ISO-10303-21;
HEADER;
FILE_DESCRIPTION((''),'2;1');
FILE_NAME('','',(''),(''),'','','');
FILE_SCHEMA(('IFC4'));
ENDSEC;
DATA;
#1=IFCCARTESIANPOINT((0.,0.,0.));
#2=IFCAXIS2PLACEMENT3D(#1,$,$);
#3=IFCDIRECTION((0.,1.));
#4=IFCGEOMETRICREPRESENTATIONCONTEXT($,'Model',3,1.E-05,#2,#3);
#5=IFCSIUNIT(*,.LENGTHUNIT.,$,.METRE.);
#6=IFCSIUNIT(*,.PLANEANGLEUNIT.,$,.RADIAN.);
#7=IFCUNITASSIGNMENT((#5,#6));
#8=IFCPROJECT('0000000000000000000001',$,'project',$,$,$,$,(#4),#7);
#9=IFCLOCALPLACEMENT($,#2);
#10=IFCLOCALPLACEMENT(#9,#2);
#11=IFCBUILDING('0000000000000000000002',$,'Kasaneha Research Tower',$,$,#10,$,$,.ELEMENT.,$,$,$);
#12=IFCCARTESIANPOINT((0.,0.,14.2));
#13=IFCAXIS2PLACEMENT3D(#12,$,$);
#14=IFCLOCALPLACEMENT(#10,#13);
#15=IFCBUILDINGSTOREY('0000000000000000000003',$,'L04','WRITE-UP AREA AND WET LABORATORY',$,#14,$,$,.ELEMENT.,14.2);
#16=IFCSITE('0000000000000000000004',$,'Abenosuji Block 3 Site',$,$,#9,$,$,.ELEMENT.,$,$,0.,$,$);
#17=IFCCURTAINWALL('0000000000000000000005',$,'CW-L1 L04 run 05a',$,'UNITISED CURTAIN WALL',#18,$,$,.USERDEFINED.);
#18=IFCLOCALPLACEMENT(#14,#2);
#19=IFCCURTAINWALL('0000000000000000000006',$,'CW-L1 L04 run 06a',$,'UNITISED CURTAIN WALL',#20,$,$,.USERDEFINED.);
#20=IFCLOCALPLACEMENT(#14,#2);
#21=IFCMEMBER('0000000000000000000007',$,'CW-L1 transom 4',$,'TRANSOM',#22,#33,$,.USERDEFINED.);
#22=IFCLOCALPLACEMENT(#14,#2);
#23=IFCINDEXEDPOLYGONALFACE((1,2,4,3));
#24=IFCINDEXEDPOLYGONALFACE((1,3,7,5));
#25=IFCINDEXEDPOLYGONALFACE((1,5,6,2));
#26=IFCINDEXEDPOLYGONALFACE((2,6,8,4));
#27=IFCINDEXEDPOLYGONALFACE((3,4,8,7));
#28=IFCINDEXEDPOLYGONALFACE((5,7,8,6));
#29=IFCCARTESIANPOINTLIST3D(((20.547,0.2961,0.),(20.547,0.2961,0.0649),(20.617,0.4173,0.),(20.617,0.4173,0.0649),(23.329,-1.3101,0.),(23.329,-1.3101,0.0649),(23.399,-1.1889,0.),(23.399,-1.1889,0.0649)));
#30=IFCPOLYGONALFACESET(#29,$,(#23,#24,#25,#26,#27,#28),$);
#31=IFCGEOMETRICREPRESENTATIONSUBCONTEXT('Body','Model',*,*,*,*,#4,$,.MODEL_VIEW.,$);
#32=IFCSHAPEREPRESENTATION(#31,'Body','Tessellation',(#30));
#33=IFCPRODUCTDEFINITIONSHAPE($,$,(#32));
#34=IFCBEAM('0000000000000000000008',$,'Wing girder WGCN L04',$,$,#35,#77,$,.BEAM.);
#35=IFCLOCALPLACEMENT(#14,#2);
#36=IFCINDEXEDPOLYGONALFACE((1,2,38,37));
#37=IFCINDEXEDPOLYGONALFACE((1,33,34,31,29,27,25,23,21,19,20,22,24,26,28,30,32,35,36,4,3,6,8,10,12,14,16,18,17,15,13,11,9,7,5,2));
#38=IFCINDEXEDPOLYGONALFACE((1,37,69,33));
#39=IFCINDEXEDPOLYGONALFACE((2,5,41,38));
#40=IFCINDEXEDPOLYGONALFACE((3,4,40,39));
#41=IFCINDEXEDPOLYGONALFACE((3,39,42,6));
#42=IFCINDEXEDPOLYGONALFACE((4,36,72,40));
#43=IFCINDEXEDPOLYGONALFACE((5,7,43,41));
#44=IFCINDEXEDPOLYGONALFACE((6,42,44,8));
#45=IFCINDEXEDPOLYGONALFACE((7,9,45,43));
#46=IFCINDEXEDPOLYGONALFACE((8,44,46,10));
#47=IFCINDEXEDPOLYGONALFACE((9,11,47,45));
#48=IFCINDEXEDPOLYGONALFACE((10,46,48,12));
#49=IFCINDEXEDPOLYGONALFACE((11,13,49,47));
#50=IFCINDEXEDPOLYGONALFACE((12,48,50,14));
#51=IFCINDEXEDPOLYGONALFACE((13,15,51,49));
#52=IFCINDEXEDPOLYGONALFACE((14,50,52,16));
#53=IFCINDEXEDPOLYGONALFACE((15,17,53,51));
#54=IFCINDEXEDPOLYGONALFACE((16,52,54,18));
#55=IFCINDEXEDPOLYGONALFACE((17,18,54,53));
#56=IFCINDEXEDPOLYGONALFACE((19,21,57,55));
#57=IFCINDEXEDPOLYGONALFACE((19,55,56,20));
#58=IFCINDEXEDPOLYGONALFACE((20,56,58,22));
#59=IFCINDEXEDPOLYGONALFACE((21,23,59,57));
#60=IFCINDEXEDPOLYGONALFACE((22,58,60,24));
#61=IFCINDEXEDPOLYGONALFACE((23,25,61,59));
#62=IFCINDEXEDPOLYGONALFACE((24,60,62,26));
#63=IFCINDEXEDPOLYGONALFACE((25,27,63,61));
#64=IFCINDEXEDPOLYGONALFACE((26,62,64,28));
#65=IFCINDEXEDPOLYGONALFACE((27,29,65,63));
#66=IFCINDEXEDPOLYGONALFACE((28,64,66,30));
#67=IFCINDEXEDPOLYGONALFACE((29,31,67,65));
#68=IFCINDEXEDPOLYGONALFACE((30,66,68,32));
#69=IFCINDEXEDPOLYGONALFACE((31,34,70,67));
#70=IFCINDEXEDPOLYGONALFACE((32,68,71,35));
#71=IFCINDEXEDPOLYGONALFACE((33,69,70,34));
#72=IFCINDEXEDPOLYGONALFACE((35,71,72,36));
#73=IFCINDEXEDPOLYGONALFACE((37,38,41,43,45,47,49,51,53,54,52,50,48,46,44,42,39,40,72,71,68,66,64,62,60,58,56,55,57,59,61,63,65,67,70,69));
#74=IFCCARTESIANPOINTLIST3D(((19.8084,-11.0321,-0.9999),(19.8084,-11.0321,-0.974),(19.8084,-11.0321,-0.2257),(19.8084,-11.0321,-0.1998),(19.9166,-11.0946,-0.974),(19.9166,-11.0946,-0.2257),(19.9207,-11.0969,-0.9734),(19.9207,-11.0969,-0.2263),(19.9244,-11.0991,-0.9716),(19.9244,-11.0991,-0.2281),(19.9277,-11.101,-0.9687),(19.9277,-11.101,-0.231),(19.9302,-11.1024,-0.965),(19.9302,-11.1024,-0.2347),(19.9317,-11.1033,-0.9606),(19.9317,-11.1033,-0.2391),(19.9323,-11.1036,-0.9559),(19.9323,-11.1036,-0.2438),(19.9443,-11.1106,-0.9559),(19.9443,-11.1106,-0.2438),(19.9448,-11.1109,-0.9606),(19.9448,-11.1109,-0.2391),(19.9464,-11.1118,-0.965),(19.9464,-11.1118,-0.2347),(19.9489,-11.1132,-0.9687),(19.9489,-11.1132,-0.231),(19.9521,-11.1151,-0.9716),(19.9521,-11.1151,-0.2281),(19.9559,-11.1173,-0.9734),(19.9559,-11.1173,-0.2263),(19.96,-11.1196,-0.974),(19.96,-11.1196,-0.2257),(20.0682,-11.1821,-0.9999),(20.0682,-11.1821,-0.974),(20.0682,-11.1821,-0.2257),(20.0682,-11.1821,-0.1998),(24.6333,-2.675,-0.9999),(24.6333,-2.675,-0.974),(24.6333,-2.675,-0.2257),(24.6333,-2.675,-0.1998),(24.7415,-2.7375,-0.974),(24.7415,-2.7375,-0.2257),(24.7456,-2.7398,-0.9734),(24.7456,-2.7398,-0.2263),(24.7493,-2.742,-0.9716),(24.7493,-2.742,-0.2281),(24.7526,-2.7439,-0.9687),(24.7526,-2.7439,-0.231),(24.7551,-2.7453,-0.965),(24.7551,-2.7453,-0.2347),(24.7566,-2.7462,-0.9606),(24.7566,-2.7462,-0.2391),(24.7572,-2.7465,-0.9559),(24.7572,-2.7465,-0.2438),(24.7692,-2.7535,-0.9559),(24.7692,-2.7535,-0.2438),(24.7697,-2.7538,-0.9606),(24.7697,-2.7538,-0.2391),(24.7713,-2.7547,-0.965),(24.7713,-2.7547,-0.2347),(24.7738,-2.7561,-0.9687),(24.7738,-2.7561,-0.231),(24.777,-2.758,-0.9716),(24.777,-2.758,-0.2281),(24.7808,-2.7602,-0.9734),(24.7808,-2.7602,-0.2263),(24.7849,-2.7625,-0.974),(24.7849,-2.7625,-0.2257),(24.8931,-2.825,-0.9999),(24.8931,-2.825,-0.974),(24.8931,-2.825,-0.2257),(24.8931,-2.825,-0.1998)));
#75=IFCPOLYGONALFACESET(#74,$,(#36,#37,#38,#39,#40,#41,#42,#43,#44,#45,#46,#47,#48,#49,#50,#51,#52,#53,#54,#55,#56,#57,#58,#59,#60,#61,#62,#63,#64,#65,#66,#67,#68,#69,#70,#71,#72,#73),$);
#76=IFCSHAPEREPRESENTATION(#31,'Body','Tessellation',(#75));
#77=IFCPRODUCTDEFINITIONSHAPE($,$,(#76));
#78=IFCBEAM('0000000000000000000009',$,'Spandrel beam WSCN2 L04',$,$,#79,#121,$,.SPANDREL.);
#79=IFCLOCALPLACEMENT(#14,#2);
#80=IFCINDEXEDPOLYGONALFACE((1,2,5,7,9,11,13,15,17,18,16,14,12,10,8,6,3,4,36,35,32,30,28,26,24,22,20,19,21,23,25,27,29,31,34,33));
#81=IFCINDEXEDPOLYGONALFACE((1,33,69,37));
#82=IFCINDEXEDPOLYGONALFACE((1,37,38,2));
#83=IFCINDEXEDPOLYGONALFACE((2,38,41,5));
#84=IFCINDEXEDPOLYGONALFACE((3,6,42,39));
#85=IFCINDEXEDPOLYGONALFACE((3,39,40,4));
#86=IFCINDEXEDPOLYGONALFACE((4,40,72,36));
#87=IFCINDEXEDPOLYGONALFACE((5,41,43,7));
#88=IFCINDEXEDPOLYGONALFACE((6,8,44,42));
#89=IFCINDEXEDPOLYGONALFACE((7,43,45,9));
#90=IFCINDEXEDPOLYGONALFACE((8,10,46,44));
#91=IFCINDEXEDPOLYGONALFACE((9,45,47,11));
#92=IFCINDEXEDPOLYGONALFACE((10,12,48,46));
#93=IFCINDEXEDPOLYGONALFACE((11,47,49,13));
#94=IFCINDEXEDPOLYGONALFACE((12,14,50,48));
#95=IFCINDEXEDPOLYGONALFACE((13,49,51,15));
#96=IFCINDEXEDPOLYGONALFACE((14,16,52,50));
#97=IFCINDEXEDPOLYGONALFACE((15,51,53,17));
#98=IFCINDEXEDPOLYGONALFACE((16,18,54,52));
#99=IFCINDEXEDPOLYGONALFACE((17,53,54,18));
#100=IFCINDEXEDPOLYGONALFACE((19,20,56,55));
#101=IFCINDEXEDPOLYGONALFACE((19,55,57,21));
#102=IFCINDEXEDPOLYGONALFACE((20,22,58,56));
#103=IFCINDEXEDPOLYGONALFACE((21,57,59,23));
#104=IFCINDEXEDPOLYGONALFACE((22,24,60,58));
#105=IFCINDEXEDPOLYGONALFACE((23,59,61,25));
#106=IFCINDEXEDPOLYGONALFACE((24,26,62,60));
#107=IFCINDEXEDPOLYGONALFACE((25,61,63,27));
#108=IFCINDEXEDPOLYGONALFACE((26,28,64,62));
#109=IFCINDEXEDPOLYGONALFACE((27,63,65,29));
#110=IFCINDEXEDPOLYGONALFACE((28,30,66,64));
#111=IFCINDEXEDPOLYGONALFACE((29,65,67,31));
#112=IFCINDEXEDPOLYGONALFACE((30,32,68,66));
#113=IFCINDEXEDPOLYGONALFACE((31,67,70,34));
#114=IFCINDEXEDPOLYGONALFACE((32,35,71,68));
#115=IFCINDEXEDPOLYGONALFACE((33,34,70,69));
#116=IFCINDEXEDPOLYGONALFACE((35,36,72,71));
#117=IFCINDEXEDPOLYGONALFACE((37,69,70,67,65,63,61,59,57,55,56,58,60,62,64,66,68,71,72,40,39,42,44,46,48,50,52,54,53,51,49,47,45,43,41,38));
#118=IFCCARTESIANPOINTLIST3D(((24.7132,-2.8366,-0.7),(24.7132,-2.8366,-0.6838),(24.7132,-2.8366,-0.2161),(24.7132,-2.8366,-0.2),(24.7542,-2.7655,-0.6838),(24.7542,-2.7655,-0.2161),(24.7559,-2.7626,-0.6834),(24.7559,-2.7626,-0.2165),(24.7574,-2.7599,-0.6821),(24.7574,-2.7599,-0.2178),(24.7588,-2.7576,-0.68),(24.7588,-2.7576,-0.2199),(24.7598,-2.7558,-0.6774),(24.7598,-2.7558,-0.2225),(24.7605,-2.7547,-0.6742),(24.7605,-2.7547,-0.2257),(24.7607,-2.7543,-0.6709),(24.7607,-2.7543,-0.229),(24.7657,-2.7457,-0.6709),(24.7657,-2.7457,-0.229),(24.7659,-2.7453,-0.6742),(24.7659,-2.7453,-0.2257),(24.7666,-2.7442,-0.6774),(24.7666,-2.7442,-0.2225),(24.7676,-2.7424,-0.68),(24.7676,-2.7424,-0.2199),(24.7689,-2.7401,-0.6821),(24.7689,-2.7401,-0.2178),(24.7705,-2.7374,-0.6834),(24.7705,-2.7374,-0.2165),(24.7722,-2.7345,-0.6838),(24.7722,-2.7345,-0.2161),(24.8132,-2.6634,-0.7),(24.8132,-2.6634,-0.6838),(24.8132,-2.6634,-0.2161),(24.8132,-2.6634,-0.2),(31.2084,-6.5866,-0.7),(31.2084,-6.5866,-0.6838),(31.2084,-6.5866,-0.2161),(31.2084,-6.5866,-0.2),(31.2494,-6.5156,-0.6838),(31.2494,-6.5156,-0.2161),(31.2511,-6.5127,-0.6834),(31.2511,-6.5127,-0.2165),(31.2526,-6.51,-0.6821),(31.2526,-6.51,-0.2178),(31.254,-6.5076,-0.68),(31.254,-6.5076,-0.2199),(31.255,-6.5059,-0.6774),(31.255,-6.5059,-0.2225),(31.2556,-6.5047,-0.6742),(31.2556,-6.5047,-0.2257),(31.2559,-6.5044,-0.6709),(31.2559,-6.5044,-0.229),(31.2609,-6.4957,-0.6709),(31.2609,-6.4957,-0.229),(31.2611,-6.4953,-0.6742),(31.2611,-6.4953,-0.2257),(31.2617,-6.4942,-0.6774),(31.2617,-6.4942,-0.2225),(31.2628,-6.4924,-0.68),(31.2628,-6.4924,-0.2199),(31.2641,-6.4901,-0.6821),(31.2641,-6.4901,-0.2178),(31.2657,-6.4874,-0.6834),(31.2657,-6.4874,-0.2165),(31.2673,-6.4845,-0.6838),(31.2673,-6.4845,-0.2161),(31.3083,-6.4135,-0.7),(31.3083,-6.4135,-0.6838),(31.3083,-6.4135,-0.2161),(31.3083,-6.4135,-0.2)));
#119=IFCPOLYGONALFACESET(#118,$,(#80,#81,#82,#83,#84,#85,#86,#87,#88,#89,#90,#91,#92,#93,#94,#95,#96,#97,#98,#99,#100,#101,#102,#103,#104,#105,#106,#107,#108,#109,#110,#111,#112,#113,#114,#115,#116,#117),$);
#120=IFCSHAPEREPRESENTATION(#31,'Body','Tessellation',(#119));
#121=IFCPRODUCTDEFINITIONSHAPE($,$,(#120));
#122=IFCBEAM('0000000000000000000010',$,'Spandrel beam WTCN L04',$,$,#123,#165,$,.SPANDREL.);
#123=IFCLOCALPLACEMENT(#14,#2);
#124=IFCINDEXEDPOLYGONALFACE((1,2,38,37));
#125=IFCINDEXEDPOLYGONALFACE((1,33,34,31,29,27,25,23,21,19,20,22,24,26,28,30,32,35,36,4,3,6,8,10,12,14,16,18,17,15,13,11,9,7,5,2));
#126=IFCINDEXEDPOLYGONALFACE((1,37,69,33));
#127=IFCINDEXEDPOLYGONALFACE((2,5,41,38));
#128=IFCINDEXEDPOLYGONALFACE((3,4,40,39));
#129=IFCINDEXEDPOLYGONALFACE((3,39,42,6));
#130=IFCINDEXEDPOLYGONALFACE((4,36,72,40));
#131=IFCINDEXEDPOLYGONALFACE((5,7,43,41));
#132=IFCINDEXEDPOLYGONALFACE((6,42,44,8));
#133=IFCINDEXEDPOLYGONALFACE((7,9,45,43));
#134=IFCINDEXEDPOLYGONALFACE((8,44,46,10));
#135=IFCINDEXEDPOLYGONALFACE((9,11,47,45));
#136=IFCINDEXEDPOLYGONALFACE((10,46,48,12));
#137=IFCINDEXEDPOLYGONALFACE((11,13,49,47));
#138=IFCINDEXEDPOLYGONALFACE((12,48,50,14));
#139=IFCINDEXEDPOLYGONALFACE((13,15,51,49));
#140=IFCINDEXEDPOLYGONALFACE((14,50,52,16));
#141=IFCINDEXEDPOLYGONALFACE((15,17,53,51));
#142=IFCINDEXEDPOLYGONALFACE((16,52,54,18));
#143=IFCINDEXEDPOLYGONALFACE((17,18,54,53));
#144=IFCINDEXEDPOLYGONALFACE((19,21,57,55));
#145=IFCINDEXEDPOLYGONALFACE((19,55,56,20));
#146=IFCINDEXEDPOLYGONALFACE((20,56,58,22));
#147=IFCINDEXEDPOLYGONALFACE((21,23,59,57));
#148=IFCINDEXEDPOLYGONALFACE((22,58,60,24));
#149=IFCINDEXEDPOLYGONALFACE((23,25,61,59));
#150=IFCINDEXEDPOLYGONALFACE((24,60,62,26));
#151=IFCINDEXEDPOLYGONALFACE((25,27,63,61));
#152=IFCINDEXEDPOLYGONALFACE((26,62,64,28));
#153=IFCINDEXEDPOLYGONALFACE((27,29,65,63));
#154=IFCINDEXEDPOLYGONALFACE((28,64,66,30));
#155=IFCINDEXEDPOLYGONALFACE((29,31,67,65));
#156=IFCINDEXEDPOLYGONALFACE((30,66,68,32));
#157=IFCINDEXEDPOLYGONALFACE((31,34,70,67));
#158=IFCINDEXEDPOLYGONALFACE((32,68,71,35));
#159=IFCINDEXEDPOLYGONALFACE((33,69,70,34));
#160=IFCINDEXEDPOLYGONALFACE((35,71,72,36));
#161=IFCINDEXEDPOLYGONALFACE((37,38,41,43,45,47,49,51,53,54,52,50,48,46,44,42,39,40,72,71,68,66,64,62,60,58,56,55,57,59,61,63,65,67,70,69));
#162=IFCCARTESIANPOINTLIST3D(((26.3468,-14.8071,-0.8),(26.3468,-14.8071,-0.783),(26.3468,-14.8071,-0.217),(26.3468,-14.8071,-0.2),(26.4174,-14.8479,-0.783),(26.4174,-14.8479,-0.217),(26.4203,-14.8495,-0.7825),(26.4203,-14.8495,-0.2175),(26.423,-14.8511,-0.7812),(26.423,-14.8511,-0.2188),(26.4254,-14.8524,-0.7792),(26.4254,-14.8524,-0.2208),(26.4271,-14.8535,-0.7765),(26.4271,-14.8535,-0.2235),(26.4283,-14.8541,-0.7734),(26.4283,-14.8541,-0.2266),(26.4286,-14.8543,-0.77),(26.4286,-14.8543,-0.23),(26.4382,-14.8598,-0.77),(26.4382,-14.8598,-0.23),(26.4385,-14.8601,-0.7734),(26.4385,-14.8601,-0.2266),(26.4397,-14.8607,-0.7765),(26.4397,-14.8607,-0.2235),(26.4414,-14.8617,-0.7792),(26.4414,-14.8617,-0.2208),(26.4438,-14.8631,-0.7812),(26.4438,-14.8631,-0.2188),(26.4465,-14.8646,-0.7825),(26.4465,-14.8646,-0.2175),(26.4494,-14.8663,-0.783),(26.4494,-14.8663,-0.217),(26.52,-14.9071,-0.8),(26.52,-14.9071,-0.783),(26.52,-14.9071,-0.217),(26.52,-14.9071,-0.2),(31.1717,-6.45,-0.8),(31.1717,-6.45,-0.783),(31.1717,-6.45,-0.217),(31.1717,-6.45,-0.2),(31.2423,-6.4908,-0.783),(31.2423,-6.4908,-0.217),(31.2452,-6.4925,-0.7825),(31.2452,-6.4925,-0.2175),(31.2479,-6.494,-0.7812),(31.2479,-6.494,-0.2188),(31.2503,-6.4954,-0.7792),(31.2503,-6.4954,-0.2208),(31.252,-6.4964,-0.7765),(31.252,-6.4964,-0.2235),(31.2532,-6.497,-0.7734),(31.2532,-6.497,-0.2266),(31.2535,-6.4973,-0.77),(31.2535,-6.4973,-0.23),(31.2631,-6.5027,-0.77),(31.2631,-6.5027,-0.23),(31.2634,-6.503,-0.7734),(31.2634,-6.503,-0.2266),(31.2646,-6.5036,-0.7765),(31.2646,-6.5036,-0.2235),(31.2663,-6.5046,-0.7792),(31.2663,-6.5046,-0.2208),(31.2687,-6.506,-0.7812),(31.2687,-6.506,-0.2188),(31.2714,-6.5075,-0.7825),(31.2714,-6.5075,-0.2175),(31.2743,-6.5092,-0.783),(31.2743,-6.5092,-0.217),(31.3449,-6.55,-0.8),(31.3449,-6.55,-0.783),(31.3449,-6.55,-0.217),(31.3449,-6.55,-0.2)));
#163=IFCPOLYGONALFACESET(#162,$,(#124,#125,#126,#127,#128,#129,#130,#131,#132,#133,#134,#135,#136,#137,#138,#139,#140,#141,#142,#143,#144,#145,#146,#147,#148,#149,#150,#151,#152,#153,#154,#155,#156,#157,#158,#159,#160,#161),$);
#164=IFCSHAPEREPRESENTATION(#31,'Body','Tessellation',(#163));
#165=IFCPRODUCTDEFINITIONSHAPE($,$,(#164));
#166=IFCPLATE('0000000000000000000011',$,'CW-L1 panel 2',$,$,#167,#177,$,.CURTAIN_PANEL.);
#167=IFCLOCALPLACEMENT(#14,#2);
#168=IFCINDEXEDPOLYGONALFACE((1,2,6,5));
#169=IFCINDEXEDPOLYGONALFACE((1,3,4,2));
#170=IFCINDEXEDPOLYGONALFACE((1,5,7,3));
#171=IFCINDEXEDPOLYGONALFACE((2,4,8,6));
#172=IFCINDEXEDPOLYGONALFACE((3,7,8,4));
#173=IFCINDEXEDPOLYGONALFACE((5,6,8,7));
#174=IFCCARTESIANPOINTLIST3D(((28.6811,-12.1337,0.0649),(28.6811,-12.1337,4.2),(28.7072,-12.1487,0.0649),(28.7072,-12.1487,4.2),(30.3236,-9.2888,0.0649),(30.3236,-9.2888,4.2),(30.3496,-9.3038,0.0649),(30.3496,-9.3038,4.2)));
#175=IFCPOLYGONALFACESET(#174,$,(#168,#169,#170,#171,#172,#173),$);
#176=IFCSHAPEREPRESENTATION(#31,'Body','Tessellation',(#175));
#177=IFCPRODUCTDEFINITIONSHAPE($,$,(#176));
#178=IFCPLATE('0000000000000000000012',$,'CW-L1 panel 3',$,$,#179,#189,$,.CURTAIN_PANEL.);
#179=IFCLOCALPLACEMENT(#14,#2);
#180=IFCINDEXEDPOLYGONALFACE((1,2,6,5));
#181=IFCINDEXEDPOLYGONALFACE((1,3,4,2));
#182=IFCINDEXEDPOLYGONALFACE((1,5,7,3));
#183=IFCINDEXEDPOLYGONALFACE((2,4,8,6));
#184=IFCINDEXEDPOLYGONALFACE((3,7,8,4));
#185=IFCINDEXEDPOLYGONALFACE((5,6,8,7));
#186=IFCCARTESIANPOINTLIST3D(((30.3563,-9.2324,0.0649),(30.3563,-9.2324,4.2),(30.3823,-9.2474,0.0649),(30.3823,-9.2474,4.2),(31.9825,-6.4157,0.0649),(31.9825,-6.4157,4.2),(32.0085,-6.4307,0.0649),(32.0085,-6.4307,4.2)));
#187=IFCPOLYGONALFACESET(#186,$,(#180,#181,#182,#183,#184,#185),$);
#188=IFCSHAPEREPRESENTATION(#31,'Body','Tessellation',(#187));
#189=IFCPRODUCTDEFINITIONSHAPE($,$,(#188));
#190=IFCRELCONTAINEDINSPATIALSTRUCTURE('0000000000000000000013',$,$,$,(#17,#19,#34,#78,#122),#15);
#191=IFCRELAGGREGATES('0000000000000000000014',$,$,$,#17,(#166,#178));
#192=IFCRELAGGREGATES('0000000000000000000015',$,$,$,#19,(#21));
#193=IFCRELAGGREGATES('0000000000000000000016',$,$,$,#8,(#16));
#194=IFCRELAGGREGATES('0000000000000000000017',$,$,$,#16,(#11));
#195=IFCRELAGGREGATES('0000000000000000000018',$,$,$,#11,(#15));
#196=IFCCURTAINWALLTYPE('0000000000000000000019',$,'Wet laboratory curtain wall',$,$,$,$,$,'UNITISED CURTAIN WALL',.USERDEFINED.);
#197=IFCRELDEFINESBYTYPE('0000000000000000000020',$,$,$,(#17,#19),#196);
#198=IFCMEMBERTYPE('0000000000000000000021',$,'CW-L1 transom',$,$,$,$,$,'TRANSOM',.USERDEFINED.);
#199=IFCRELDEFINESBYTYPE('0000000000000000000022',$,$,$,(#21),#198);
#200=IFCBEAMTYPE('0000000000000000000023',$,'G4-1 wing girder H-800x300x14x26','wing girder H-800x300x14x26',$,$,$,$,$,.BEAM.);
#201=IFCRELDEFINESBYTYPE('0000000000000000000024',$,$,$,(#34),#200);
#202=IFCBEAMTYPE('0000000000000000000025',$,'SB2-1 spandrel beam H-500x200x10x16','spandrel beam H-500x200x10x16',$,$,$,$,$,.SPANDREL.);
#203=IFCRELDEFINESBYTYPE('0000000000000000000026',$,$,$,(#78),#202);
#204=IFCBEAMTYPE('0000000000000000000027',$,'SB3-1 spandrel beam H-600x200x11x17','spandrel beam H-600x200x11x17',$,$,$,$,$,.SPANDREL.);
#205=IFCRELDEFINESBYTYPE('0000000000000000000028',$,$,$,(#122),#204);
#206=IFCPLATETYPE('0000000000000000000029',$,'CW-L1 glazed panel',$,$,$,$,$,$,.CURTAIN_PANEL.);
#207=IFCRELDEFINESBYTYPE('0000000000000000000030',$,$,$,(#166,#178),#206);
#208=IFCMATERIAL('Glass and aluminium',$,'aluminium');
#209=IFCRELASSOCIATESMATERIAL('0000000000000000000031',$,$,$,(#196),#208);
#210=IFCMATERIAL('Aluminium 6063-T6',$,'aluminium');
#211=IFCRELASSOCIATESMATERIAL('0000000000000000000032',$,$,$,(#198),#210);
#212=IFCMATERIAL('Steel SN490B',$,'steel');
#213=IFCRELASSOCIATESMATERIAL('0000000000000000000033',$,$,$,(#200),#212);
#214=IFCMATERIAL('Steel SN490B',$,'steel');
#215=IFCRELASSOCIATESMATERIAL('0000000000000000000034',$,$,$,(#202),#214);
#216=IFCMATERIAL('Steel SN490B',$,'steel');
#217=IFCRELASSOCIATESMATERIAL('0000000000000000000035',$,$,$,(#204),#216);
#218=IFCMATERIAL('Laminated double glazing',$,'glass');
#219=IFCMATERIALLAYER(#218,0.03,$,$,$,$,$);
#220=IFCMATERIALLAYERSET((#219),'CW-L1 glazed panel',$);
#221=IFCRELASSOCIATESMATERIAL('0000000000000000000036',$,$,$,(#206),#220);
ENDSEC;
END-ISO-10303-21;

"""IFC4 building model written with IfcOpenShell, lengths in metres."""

from ifc_helpers import new_model, si_unit, direction, frame, origin, origin_2d, place, context, subcontext, project, spatial, rectangle, i_section, extrude, material, layer, layer_set, material_profile, profile_set, type_object, element, aggregate, save


model = new_model("IFC4")

# Units and contexts
model_context = context("Model", 3, precision=1e-05, world=origin(), true_north=direction((0.0, 1.0)))
body_context = subcontext(model_context, "Body", "Model", "MODEL_VIEW")
ifc_project = project(units=[si_unit("LENGTHUNIT", "METRE"), si_unit("PLANEANGLEUNIT", "RADIAN")], contexts=[model_context])

# Site, building, storey
site_placement = place(None, origin())
site = spatial("IfcSite", under=ifc_project, at=site_placement, Name="Abenosuji Block 3 Site", CompositionType="ELEMENT", RefElevation=0.0)
building_placement = place(site_placement, origin())
building = spatial("IfcBuilding", under=site, at=building_placement, Name="Kasaneha Research Tower", CompositionType="ELEMENT")
storey_placement = place(building_placement, frame((0.0, 0.0, 14.2)))
storey = spatial("IfcBuildingStorey", under=building, at=storey_placement, Name="L04", Description="WRITE-UP AREA AND WET LABORATORY", CompositionType="ELEMENT", Elevation=14.2)

# Curtain walls
ifc_material_1 = material(Name="Glass and aluminium", Category="aluminium")
curtain_wall_type = type_object("IfcCurtainWallType", Name="Wet laboratory curtain wall", ElementType="UNITISED CURTAIN WALL", PredefinedType="USERDEFINED", material=ifc_material_1)
curtain_wall_1_placement = place(storey_placement, origin())
curtain_wall_1 = element("IfcCurtainWall", 1, at=curtain_wall_1_placement, inside=storey, type_object=curtain_wall_type, Name="CW-L1 L04 run 05a", ObjectType="UNITISED CURTAIN WALL", PredefinedType="USERDEFINED")
curtain_wall_2_placement = place(storey_placement, origin())
curtain_wall_2 = element("IfcCurtainWall", 2, at=curtain_wall_2_placement, inside=storey, type_object=curtain_wall_type, Name="CW-L1 L04 run 06a", ObjectType="UNITISED CURTAIN WALL", PredefinedType="USERDEFINED")

# Member
ifc_material_2 = material(Name="Aluminium 6063-T6", Category="aluminium")
ifc_material_profile_1 = material_profile(ifc_material_2, rectangle(XDim=0.1399, YDim=0.0649, at=origin_2d()), Name="CW-L1 transom 140x65")
ifc_profile_set_1 = profile_set([ifc_material_profile_1], Name="Aluminium 6063-T6")
member_type_1 = type_object("IfcMemberType", Name="CW-L1 transom", ElementType="TRANSOM", PredefinedType="USERDEFINED", material=ifc_profile_set_1)
member_1_placement = place(storey_placement, frame((23.364, -1.2495, 0.0325), z_axis=(-0.866022, 0.500005, 0.0), x_axis=(-0.500005, -0.866022, 0.0)))
member_1 = element("IfcMember", 3, at=member_1_placement, type_object=member_type_1, Name="CW-L1 transom 4", ObjectType="TRANSOM", PredefinedType="USERDEFINED", context=body_context, shape_type="SweptSolid", body=[
    extrude(rectangle(XDim=0.1399, YDim=0.0649, at=origin_2d()), origin(), (0.0, 0.0, 1.0), 3.2124),
])

# Beams
ifc_material_3 = material(Name="Steel SN490B", Category="steel")
ifc_material_profile_2 = material_profile(ifc_material_3, i_section(OverallWidth=0.3, OverallDepth=0.8, WebThickness=0.0139, FlangeThickness=0.0259, FilletRadius=0.0181, at=origin_2d()), Name="H-800x300x14x26")
ifc_profile_set_2 = profile_set([ifc_material_profile_2], Name="Steel SN490B")
beam_type_1 = type_object("IfcBeamType", Name="G4-1 wing girder H-800x300x14x26", Description="wing girder H-800x300x14x26", PredefinedType="BEAM", material=ifc_profile_set_2)
beam_1_placement = place(storey_placement, frame((24.7632, -2.75, -0.5999), z_axis=(-0.499995, -0.866028, 0.0), x_axis=(0.866028, -0.499995, 0.0)))
element("IfcBeam", 4, at=beam_1_placement, inside=storey, type_object=beam_type_1, Name="Wing girder WGCN L04", PredefinedType="BEAM", context=body_context, shape_type="SweptSolid", body=[
    extrude(i_section(OverallWidth=0.3, OverallDepth=0.8, WebThickness=0.0139, FlangeThickness=0.0259, FilletRadius=0.0181, at=origin_2d()), origin(), (0.0, 0.0, 1.0), 9.6499),
])
ifc_material_4 = material(Name="Steel SN490B", Category="steel")
ifc_material_profile_3 = material_profile(ifc_material_4, i_section(OverallWidth=0.2, OverallDepth=0.5, WebThickness=0.01, FlangeThickness=0.0161, FilletRadius=0.0129, at=origin_2d()), Name="H-500x200x10x16")
ifc_profile_set_3 = profile_set([ifc_material_profile_3], Name="Steel SN490B")
beam_type_2 = type_object("IfcBeamType", Name="SB2-1 spandrel beam H-500x200x10x16", Description="spandrel beam H-500x200x10x16", PredefinedType="SPANDREL", material=ifc_profile_set_3)
beam_2_placement = place(storey_placement, frame((24.7632, -2.75, -0.45), z_axis=(0.866023, -0.500004, 0.0), x_axis=(0.500004, 0.866023, 0.0)))
element("IfcBeam", 5, at=beam_2_placement, inside=storey, type_object=beam_type_2, Name="Spandrel beam WSCN2 L04", PredefinedType="SPANDREL", context=body_context, shape_type="SweptSolid", body=[
    extrude(i_section(OverallWidth=0.2, OverallDepth=0.5, WebThickness=0.01, FlangeThickness=0.0161, FilletRadius=0.0129, at=origin_2d()), origin(), (0.0, 0.0, 1.0), 7.5),
])
ifc_material_5 = material(Name="Steel SN490B", Category="steel")
ifc_material_profile_4 = material_profile(ifc_material_5, i_section(OverallWidth=0.2, OverallDepth=0.6001, WebThickness=0.011, FlangeThickness=0.0171, FilletRadius=0.0129, at=origin_2d()), Name="H-600x200x11x17")
ifc_profile_set_4 = profile_set([ifc_material_profile_4], Name="Steel SN490B")
beam_type_3 = type_object("IfcBeamType", Name="SB3-1 spandrel beam H-600x200x11x17", Description="spandrel beam H-600x200x11x17", PredefinedType="SPANDREL", material=ifc_profile_set_4)
beam_3_placement = place(storey_placement, frame((31.2583, -6.5, -0.5), z_axis=(-0.499995, -0.866028, 0.0), x_axis=(0.866028, -0.499995, 0.0)))
element("IfcBeam", 6, at=beam_3_placement, inside=storey, type_object=beam_type_3, Name="Spandrel beam WTCN L04", PredefinedType="SPANDREL", context=body_context, shape_type="SweptSolid", body=[
    extrude(i_section(OverallWidth=0.2, OverallDepth=0.6001, WebThickness=0.011, FlangeThickness=0.0171, FilletRadius=0.0129, at=origin_2d()), origin(), (0.0, 0.0, 1.0), 9.6499),
])

# Plates
ifc_material_6 = material(Name="Laminated double glazing", Category="glass")
ifc_layer_1 = layer(ifc_material_6, 0.03)
ifc_layer_set_1 = layer_set([ifc_layer_1], Name="CW-L1 glazed panel")
plate_type = type_object("IfcPlateType", Name="CW-L1 glazed panel", PredefinedType="CURTAIN_PANEL", material=ifc_layer_set_1)
plate_1_placement = place(storey_placement, frame((29.5154, -10.7188, 0.0649), z_axis=(0.0, 0.0, 1.0), x_axis=(0.5, 0.866025, 0.0)))
plate_1 = element("IfcPlate", 7, at=plate_1_placement, type_object=plate_type, Name="CW-L1 panel 2", PredefinedType="CURTAIN_PANEL", context=body_context, shape_type="SweptSolid", body=[
    extrude(rectangle(XDim=3.2849, YDim=0.03, at=origin_2d()), origin(), (0.0, 0.0, 1.0), 4.135),
])
plate_2_placement = place(storey_placement, frame((31.1824, -7.8315, 0.0649), z_axis=(0.0, 0.0, 1.0), x_axis=(0.5, 0.866025, 0.0)))
plate_2 = element("IfcPlate", 8, at=plate_2_placement, type_object=plate_type, Name="CW-L1 panel 3", PredefinedType="CURTAIN_PANEL", context=body_context, shape_type="SweptSolid", body=[
    extrude(rectangle(XDim=3.2524, YDim=0.03, at=origin_2d()), origin(), (0.0, 0.0, 1.0), 4.135),
])
aggregate(curtain_wall_1, [plate_1, plate_2])
aggregate(curtain_wall_2, [member_1])

save(model, "model.ifc")
